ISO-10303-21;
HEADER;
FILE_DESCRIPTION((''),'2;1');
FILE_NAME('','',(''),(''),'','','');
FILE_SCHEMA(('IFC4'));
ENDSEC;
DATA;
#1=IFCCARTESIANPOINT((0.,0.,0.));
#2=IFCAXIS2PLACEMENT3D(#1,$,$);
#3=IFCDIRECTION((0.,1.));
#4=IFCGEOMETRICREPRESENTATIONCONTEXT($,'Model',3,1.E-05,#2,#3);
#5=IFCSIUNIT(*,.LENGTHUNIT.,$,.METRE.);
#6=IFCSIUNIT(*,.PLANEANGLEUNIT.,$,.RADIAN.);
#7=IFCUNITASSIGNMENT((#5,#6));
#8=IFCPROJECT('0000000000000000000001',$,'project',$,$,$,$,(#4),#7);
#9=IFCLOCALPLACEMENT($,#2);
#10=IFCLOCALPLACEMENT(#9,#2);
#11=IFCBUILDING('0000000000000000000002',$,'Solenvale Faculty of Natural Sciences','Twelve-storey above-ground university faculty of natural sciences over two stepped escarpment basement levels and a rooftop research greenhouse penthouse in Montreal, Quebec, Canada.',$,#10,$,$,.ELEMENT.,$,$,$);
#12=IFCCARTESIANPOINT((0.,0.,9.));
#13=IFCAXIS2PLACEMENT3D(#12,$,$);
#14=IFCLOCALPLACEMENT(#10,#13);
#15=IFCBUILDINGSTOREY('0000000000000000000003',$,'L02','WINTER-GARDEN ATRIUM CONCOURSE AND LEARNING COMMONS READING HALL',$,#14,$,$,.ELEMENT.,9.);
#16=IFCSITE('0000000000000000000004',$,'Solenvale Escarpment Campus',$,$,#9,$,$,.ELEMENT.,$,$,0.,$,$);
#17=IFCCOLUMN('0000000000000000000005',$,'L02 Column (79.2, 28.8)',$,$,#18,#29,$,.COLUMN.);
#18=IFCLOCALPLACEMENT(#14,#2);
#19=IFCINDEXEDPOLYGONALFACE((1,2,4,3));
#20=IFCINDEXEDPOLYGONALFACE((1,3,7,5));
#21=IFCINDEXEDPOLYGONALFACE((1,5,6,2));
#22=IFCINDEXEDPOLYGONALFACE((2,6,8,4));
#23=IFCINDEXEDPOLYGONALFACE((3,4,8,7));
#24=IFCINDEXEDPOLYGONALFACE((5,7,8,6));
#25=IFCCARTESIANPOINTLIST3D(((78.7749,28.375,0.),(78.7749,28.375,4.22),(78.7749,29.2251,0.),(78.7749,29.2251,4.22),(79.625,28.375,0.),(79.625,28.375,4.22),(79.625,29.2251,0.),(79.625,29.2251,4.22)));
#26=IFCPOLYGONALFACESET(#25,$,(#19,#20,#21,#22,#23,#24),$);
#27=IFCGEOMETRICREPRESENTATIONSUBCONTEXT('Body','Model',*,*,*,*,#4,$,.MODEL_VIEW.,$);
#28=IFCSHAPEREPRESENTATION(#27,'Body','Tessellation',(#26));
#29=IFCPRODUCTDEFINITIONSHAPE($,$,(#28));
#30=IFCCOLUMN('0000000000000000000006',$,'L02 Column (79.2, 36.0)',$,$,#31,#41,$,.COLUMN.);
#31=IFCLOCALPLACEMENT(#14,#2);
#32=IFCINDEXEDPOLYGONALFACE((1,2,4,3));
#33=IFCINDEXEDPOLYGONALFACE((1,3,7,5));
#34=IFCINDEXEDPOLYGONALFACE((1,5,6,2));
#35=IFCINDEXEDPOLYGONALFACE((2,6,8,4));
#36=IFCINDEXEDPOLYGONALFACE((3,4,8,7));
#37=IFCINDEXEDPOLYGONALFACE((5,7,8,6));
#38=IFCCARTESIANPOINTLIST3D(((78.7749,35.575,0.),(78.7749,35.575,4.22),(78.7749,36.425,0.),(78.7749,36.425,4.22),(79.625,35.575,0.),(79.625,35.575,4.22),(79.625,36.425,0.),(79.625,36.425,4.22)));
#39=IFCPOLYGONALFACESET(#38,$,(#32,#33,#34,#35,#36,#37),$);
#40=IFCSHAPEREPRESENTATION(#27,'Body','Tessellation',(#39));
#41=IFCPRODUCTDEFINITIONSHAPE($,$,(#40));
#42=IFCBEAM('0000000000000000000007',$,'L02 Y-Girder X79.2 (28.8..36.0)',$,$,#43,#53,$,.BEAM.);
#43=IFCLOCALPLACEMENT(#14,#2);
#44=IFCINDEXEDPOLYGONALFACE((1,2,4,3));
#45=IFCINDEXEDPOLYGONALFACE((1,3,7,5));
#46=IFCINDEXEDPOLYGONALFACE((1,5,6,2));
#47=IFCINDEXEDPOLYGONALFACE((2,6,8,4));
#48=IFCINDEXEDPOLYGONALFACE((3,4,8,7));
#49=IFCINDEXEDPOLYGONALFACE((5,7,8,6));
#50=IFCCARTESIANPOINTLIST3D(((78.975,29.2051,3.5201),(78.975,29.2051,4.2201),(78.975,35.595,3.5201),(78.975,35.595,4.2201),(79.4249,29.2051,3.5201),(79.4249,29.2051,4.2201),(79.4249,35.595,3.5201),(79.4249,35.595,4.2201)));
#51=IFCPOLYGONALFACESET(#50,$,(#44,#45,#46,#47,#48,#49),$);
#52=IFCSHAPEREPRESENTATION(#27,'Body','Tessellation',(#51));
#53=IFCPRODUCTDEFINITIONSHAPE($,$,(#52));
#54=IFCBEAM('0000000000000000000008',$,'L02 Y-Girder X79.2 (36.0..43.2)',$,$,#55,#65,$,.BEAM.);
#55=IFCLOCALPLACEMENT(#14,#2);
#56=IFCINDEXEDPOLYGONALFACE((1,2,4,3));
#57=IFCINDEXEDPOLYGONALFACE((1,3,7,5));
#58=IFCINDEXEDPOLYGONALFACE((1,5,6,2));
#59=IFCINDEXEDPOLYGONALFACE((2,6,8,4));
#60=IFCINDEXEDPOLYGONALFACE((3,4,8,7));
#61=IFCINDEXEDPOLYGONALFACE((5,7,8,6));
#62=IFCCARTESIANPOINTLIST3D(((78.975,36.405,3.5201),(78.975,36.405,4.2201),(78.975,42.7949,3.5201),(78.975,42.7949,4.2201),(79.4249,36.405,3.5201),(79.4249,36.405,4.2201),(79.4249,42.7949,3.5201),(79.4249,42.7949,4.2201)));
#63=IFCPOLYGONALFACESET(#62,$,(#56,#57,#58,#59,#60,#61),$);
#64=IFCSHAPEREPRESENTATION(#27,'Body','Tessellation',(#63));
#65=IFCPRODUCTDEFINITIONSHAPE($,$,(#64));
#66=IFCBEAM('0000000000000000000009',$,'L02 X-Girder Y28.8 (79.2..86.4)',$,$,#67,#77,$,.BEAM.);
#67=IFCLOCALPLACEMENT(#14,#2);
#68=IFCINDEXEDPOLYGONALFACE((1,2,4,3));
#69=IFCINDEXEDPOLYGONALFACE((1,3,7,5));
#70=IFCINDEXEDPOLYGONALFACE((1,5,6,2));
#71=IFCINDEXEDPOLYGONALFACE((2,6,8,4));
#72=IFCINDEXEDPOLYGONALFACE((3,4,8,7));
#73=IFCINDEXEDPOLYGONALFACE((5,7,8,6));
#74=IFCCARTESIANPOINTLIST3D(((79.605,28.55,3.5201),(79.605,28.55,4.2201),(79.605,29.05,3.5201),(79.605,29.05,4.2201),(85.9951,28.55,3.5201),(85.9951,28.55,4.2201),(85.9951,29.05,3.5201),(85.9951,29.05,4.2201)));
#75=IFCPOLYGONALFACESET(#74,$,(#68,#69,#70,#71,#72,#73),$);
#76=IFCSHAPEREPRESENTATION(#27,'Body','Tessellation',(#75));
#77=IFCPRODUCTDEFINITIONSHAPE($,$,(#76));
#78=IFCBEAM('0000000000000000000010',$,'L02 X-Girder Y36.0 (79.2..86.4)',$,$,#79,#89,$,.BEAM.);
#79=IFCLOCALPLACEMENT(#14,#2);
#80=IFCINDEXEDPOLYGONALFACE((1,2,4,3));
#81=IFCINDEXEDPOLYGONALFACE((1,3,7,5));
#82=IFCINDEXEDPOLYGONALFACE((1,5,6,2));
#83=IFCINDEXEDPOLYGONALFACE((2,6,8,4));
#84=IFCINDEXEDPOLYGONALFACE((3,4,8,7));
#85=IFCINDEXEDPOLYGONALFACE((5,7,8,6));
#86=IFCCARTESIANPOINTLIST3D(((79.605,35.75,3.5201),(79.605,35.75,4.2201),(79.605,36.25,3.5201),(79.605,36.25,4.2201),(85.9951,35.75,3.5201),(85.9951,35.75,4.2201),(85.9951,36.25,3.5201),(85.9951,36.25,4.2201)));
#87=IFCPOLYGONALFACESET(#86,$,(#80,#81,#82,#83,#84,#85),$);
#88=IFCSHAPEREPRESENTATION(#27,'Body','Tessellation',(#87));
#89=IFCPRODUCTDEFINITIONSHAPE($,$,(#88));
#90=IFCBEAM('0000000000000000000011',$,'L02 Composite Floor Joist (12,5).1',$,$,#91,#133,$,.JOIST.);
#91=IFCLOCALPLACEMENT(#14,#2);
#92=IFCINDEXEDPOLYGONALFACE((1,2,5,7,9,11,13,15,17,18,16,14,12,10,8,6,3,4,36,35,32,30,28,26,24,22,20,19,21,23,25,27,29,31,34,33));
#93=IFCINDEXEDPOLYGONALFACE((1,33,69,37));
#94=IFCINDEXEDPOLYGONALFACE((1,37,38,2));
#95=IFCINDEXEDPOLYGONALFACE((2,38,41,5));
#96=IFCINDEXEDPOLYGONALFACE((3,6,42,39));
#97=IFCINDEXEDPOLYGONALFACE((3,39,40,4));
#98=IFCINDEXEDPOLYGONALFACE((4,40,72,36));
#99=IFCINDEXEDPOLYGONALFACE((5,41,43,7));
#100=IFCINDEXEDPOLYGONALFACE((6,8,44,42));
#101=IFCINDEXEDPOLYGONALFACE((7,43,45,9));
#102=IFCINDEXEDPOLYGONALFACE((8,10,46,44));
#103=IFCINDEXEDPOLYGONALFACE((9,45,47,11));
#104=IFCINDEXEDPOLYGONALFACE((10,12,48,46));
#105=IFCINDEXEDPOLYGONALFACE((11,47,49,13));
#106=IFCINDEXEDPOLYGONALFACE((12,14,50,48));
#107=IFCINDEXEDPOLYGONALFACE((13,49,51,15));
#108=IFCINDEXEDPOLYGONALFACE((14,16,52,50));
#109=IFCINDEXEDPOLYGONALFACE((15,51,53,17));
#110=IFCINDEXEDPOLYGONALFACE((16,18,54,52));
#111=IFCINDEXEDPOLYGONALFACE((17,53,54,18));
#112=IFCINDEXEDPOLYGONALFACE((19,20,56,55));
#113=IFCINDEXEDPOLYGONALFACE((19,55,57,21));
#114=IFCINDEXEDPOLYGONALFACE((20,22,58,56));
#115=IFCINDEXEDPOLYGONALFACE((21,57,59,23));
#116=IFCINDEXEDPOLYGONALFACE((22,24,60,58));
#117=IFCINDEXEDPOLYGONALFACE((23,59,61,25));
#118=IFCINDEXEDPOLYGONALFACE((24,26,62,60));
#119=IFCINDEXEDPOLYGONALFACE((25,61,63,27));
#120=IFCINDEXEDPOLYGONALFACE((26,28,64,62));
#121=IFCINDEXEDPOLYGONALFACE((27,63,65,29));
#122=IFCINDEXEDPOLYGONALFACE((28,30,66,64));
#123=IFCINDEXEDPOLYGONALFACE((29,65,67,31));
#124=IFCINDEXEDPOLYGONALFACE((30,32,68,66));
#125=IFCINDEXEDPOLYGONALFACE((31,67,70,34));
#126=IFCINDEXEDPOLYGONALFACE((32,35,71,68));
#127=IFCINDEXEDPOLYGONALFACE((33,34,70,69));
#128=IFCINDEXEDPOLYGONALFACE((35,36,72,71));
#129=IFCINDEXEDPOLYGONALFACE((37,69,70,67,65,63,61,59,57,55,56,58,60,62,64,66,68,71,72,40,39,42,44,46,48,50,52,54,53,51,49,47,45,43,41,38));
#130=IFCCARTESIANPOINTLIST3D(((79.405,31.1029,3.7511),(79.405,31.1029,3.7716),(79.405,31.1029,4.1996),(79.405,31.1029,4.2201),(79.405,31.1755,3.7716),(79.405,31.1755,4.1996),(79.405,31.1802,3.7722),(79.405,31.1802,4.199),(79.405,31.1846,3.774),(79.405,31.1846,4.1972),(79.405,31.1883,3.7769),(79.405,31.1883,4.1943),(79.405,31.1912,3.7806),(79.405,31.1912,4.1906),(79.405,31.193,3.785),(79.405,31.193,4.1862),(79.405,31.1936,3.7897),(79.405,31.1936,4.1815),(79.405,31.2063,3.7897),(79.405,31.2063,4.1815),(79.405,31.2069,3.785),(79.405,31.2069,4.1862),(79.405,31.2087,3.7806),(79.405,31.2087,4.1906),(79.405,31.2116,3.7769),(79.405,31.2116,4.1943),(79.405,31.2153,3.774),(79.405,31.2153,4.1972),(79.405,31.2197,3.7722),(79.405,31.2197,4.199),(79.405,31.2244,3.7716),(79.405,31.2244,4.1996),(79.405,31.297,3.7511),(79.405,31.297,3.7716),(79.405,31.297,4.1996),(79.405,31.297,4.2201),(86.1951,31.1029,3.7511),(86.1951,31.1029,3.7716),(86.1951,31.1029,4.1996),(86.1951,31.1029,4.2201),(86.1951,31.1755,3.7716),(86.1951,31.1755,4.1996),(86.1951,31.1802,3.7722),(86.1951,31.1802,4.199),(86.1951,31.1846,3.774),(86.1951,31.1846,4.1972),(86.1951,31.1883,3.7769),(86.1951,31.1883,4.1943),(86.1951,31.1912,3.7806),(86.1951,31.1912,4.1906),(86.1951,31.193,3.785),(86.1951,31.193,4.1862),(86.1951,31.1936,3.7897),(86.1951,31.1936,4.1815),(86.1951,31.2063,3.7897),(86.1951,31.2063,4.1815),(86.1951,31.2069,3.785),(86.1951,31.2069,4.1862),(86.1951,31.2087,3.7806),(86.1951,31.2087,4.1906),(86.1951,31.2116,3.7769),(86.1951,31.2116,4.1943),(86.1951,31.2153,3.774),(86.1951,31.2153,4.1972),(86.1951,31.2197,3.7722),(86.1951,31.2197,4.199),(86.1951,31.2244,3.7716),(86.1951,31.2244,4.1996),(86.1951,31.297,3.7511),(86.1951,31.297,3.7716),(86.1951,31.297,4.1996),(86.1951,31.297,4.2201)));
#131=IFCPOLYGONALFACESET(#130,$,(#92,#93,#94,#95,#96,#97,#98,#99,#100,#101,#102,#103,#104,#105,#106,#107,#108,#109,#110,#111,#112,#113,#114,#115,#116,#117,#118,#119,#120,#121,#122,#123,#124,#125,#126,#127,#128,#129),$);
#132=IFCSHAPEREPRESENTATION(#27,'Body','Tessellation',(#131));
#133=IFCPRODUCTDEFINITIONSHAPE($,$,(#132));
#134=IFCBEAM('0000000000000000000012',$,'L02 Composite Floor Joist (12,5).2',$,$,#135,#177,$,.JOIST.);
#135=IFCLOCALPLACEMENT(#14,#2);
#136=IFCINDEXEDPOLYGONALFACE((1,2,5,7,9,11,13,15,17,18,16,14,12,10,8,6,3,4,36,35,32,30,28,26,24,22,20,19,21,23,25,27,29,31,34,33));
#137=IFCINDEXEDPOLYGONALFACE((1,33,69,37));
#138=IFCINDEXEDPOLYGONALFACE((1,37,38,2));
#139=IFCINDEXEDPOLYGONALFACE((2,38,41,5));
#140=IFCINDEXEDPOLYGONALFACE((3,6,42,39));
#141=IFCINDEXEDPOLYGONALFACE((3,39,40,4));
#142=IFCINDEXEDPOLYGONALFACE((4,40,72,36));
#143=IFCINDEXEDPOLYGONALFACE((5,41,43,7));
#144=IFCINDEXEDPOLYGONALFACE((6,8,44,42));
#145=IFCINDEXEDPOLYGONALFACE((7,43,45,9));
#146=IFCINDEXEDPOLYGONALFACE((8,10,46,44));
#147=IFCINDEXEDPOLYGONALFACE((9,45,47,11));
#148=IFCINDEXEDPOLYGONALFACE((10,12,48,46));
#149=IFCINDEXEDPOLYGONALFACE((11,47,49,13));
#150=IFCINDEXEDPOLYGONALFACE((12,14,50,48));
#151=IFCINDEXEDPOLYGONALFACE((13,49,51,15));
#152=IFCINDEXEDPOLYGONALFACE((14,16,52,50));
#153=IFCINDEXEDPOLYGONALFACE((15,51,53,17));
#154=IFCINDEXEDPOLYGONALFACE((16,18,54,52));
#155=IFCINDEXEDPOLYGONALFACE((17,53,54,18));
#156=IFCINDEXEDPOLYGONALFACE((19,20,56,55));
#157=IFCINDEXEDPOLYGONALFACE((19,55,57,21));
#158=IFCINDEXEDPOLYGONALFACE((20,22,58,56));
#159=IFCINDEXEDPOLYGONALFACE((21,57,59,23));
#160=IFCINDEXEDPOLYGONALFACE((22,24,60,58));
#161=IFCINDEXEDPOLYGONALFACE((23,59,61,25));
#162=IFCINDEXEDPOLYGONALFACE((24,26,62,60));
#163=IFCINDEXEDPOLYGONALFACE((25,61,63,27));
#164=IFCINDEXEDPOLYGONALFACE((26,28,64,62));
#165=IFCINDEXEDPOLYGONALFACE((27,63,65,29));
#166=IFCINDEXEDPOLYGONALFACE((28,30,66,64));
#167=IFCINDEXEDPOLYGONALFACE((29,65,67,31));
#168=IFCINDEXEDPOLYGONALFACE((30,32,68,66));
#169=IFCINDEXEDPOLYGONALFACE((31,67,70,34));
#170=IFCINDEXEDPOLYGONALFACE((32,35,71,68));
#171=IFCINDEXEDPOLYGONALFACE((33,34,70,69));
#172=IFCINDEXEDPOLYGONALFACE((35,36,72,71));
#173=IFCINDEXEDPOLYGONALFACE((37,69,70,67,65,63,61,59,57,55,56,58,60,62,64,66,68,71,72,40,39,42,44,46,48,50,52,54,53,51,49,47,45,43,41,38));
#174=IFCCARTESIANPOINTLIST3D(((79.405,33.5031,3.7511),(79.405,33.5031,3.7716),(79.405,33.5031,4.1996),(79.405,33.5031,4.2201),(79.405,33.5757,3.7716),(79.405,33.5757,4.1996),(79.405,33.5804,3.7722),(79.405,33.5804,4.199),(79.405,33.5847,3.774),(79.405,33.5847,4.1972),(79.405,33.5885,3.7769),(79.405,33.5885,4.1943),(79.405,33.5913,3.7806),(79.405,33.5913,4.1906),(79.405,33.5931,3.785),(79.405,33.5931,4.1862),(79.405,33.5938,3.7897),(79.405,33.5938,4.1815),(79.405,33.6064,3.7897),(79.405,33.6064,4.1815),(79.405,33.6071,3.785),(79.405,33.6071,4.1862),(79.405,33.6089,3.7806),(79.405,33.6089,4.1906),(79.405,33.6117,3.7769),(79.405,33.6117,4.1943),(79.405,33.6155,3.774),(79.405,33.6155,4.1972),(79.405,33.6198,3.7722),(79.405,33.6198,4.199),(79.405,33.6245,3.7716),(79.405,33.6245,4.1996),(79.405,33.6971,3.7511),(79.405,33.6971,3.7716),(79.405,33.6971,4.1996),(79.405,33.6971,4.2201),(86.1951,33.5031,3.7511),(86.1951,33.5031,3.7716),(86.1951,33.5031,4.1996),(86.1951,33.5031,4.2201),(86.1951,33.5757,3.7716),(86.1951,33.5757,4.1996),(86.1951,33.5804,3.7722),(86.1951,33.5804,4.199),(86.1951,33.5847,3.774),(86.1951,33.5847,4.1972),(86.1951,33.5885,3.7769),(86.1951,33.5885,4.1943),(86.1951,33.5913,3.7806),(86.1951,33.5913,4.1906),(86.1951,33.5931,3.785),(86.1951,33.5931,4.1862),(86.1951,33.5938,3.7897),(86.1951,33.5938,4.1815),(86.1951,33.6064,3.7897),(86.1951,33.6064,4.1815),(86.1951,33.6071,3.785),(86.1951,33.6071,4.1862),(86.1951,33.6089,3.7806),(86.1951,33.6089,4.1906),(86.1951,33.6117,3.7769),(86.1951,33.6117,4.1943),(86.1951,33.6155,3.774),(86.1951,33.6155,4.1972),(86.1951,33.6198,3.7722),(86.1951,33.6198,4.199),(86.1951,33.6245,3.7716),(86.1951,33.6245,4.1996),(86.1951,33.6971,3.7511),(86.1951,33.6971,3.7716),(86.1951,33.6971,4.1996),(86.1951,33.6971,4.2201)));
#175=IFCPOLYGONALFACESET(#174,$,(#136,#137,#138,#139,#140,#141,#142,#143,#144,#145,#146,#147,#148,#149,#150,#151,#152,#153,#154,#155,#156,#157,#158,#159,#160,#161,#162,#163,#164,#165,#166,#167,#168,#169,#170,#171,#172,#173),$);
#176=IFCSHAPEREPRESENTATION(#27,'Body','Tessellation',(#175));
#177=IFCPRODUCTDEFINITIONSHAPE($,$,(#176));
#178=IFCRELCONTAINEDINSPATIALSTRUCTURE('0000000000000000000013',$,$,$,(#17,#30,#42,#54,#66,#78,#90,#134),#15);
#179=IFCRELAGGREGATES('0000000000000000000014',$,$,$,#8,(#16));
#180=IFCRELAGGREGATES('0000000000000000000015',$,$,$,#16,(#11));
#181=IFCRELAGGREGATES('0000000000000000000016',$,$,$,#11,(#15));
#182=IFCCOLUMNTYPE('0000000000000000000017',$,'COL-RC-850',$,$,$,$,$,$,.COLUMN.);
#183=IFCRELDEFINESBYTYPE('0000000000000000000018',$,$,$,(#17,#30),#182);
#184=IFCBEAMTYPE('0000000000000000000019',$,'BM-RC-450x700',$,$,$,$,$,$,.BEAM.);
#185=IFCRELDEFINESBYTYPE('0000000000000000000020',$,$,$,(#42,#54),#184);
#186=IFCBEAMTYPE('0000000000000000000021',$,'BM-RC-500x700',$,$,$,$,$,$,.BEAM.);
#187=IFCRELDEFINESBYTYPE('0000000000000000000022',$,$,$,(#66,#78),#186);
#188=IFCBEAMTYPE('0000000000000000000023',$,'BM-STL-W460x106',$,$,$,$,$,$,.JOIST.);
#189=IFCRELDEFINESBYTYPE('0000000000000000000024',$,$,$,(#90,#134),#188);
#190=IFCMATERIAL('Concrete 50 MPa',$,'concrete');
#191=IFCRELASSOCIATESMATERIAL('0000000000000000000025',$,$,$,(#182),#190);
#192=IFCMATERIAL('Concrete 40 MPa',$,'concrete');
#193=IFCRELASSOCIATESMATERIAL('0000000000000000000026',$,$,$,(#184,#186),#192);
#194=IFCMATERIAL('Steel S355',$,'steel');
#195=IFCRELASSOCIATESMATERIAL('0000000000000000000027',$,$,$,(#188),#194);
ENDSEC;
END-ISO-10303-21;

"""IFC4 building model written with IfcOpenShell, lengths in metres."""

from ifc_helpers import new_model, si_unit, direction, frame, origin, origin_2d, place, context, subcontext, project, spatial, rectangle, i_section, extrude, material, material_profile, profile_set, type_object, element, save


model = new_model("IFC4")

# Units and contexts
model_context = context("Model", 3, precision=1e-05, world=origin(), true_north=direction((0.0, 1.0)))
body_context = subcontext(model_context, "Body", "Model", "MODEL_VIEW")
ifc_project = project(units=[si_unit("LENGTHUNIT", "METRE"), si_unit("PLANEANGLEUNIT", "RADIAN")], contexts=[model_context])

# Site, building, storey
site_placement = place(None, origin())
site = spatial("IfcSite", under=ifc_project, at=site_placement, Name="Solenvale Escarpment Campus", CompositionType="ELEMENT", RefElevation=0.0)
building_placement = place(site_placement, origin())
building = spatial("IfcBuilding", under=site, at=building_placement, Name="Solenvale Faculty of Natural Sciences", Description="Twelve-storey above-ground university faculty of natural sciences over two stepped escarpment basement levels and a rooftop research greenhouse penthouse in Montreal, Quebec, Canada.", CompositionType="ELEMENT")
storey_placement = place(building_placement, frame((0.0, 0.0, 9.0)))
storey = spatial("IfcBuildingStorey", under=building, at=storey_placement, Name="L02", Description="WINTER-GARDEN ATRIUM CONCOURSE AND LEARNING COMMONS READING HALL", CompositionType="ELEMENT", Elevation=9.0)

# Columns
ifc_material_1 = material(Name="Concrete 50 MPa", Category="concrete")
ifc_material_profile_1 = material_profile(ifc_material_1, rectangle(XDim=0.8501, YDim=0.8501, at=origin_2d()), Name="RC-COL-850x850")
ifc_profile_set_1 = profile_set([ifc_material_profile_1], Name="Concrete 50 MPa")
column_type = type_object("IfcColumnType", Name="COL-RC-850", PredefinedType="COLUMN", material=ifc_profile_set_1)
for number, where, z_axis, x_axis, name in (
    (1, (79.2, 28.8, 0.0), (0.0, 0.0, 1.0), (1.0, 0.0, 0.0), "L02 Column (79.2, 28.8)"),
    (2, (79.2, 36.0, 0.0), (0.0, 0.0, 1.0), (1.0, 0.0, 0.0), "L02 Column (79.2, 36.0)"),
):
    element("IfcColumn", number, at=place(storey_placement, frame(where, z_axis=z_axis, x_axis=x_axis)), inside=storey, type_object=column_type, Name=name, PredefinedType="COLUMN", context=body_context, shape_type="SweptSolid", body=[
        extrude(rectangle(XDim=0.8501, YDim=0.8501, at=origin_2d()), origin(), (0.0, 0.0, 1.0), 4.22),
    ])

# Beams
ifc_material_2 = material(Name="Concrete 40 MPa", Category="concrete")
ifc_material_profile_2 = material_profile(ifc_material_2, rectangle(XDim=0.45, YDim=0.7, at=origin_2d()), Name="RC-BM-450x700")
ifc_profile_set_2 = profile_set([ifc_material_profile_2], Name="Concrete 40 MPa")
beam_type_1 = type_object("IfcBeamType", Name="BM-RC-450x700", PredefinedType="BEAM", material=ifc_profile_set_2)
for number, where, z_axis, x_axis, name in (
    (3, (79.2, 29.2051, 3.8701), (0.0, 1.0, 0.0), (-1.0, 0.0, 0.0), "L02 Y-Girder X79.2 (28.8..36.0)"),
    (4, (79.2, 36.405, 3.8701), (0.0, 1.0, 0.0), (-1.0, 0.0, 0.0), "L02 Y-Girder X79.2 (36.0..43.2)"),
):
    element("IfcBeam", number, at=place(storey_placement, frame(where, z_axis=z_axis, x_axis=x_axis)), inside=storey, type_object=beam_type_1, Name=name, PredefinedType="BEAM", context=body_context, shape_type="SweptSolid", body=[
        extrude(rectangle(XDim=0.45, YDim=0.7, at=origin_2d()), origin(), (0.0, 0.0, 1.0), 6.3899),
    ])
ifc_material_profile_3 = material_profile(ifc_material_2, rectangle(XDim=0.5, YDim=0.7, at=origin_2d()), Name="RC-BM-500x700")
ifc_profile_set_3 = profile_set([ifc_material_profile_3], Name="Concrete 40 MPa")
beam_type_2 = type_object("IfcBeamType", Name="BM-RC-500x700", PredefinedType="BEAM", material=ifc_profile_set_3)
for number, where, z_axis, x_axis, name in (
    (5, (79.605, 28.8, 3.8701), (1.0, 0.0, 0.0), (0.0, 1.0, 0.0), "L02 X-Girder Y28.8 (79.2..86.4)"),
    (6, (79.605, 36.0, 3.8701), (1.0, 0.0, 0.0), (0.0, 1.0, 0.0), "L02 X-Girder Y36.0 (79.2..86.4)"),
):
    element("IfcBeam", number, at=place(storey_placement, frame(where, z_axis=z_axis, x_axis=x_axis)), inside=storey, type_object=beam_type_2, Name=name, PredefinedType="BEAM", context=body_context, shape_type="SweptSolid", body=[
        extrude(rectangle(XDim=0.5, YDim=0.7, at=origin_2d()), origin(), (0.0, 0.0, 1.0), 6.3901),
    ])
ifc_material_3 = material(Name="Steel S355", Category="steel")
ifc_material_profile_4 = material_profile(ifc_material_3, i_section(OverallWidth=0.1941, OverallDepth=0.469, WebThickness=0.0127, FlangeThickness=0.0205, FilletRadius=0.0181, at=origin_2d()), Name="W460x106")
ifc_profile_set_4 = profile_set([ifc_material_profile_4], Name="Steel S355")
beam_type_3 = type_object("IfcBeamType", Name="BM-STL-W460x106", PredefinedType="JOIST", material=ifc_profile_set_4)
for number, where, z_axis, x_axis, name in (
    (7, (79.405, 31.2, 3.9856), (1.0, 0.0, 0.0), (0.0, 1.0, 0.0), "L02 Composite Floor Joist (12,5).1"),
    (8, (79.405, 33.6001, 3.9856), (1.0, 0.0, 0.0), (0.0, 1.0, 0.0), "L02 Composite Floor Joist (12,5).2"),
):
    element("IfcBeam", number, at=place(storey_placement, frame(where, z_axis=z_axis, x_axis=x_axis)), inside=storey, type_object=beam_type_3, Name=name, PredefinedType="JOIST", context=body_context, shape_type="SweptSolid", body=[
        extrude(i_section(OverallWidth=0.1941, OverallDepth=0.469, WebThickness=0.0127, FlangeThickness=0.0205, FilletRadius=0.0181, at=origin_2d()), origin(), (0.0, 0.0, 1.0), 6.79),
    ])

save(model, "model.ifc")
